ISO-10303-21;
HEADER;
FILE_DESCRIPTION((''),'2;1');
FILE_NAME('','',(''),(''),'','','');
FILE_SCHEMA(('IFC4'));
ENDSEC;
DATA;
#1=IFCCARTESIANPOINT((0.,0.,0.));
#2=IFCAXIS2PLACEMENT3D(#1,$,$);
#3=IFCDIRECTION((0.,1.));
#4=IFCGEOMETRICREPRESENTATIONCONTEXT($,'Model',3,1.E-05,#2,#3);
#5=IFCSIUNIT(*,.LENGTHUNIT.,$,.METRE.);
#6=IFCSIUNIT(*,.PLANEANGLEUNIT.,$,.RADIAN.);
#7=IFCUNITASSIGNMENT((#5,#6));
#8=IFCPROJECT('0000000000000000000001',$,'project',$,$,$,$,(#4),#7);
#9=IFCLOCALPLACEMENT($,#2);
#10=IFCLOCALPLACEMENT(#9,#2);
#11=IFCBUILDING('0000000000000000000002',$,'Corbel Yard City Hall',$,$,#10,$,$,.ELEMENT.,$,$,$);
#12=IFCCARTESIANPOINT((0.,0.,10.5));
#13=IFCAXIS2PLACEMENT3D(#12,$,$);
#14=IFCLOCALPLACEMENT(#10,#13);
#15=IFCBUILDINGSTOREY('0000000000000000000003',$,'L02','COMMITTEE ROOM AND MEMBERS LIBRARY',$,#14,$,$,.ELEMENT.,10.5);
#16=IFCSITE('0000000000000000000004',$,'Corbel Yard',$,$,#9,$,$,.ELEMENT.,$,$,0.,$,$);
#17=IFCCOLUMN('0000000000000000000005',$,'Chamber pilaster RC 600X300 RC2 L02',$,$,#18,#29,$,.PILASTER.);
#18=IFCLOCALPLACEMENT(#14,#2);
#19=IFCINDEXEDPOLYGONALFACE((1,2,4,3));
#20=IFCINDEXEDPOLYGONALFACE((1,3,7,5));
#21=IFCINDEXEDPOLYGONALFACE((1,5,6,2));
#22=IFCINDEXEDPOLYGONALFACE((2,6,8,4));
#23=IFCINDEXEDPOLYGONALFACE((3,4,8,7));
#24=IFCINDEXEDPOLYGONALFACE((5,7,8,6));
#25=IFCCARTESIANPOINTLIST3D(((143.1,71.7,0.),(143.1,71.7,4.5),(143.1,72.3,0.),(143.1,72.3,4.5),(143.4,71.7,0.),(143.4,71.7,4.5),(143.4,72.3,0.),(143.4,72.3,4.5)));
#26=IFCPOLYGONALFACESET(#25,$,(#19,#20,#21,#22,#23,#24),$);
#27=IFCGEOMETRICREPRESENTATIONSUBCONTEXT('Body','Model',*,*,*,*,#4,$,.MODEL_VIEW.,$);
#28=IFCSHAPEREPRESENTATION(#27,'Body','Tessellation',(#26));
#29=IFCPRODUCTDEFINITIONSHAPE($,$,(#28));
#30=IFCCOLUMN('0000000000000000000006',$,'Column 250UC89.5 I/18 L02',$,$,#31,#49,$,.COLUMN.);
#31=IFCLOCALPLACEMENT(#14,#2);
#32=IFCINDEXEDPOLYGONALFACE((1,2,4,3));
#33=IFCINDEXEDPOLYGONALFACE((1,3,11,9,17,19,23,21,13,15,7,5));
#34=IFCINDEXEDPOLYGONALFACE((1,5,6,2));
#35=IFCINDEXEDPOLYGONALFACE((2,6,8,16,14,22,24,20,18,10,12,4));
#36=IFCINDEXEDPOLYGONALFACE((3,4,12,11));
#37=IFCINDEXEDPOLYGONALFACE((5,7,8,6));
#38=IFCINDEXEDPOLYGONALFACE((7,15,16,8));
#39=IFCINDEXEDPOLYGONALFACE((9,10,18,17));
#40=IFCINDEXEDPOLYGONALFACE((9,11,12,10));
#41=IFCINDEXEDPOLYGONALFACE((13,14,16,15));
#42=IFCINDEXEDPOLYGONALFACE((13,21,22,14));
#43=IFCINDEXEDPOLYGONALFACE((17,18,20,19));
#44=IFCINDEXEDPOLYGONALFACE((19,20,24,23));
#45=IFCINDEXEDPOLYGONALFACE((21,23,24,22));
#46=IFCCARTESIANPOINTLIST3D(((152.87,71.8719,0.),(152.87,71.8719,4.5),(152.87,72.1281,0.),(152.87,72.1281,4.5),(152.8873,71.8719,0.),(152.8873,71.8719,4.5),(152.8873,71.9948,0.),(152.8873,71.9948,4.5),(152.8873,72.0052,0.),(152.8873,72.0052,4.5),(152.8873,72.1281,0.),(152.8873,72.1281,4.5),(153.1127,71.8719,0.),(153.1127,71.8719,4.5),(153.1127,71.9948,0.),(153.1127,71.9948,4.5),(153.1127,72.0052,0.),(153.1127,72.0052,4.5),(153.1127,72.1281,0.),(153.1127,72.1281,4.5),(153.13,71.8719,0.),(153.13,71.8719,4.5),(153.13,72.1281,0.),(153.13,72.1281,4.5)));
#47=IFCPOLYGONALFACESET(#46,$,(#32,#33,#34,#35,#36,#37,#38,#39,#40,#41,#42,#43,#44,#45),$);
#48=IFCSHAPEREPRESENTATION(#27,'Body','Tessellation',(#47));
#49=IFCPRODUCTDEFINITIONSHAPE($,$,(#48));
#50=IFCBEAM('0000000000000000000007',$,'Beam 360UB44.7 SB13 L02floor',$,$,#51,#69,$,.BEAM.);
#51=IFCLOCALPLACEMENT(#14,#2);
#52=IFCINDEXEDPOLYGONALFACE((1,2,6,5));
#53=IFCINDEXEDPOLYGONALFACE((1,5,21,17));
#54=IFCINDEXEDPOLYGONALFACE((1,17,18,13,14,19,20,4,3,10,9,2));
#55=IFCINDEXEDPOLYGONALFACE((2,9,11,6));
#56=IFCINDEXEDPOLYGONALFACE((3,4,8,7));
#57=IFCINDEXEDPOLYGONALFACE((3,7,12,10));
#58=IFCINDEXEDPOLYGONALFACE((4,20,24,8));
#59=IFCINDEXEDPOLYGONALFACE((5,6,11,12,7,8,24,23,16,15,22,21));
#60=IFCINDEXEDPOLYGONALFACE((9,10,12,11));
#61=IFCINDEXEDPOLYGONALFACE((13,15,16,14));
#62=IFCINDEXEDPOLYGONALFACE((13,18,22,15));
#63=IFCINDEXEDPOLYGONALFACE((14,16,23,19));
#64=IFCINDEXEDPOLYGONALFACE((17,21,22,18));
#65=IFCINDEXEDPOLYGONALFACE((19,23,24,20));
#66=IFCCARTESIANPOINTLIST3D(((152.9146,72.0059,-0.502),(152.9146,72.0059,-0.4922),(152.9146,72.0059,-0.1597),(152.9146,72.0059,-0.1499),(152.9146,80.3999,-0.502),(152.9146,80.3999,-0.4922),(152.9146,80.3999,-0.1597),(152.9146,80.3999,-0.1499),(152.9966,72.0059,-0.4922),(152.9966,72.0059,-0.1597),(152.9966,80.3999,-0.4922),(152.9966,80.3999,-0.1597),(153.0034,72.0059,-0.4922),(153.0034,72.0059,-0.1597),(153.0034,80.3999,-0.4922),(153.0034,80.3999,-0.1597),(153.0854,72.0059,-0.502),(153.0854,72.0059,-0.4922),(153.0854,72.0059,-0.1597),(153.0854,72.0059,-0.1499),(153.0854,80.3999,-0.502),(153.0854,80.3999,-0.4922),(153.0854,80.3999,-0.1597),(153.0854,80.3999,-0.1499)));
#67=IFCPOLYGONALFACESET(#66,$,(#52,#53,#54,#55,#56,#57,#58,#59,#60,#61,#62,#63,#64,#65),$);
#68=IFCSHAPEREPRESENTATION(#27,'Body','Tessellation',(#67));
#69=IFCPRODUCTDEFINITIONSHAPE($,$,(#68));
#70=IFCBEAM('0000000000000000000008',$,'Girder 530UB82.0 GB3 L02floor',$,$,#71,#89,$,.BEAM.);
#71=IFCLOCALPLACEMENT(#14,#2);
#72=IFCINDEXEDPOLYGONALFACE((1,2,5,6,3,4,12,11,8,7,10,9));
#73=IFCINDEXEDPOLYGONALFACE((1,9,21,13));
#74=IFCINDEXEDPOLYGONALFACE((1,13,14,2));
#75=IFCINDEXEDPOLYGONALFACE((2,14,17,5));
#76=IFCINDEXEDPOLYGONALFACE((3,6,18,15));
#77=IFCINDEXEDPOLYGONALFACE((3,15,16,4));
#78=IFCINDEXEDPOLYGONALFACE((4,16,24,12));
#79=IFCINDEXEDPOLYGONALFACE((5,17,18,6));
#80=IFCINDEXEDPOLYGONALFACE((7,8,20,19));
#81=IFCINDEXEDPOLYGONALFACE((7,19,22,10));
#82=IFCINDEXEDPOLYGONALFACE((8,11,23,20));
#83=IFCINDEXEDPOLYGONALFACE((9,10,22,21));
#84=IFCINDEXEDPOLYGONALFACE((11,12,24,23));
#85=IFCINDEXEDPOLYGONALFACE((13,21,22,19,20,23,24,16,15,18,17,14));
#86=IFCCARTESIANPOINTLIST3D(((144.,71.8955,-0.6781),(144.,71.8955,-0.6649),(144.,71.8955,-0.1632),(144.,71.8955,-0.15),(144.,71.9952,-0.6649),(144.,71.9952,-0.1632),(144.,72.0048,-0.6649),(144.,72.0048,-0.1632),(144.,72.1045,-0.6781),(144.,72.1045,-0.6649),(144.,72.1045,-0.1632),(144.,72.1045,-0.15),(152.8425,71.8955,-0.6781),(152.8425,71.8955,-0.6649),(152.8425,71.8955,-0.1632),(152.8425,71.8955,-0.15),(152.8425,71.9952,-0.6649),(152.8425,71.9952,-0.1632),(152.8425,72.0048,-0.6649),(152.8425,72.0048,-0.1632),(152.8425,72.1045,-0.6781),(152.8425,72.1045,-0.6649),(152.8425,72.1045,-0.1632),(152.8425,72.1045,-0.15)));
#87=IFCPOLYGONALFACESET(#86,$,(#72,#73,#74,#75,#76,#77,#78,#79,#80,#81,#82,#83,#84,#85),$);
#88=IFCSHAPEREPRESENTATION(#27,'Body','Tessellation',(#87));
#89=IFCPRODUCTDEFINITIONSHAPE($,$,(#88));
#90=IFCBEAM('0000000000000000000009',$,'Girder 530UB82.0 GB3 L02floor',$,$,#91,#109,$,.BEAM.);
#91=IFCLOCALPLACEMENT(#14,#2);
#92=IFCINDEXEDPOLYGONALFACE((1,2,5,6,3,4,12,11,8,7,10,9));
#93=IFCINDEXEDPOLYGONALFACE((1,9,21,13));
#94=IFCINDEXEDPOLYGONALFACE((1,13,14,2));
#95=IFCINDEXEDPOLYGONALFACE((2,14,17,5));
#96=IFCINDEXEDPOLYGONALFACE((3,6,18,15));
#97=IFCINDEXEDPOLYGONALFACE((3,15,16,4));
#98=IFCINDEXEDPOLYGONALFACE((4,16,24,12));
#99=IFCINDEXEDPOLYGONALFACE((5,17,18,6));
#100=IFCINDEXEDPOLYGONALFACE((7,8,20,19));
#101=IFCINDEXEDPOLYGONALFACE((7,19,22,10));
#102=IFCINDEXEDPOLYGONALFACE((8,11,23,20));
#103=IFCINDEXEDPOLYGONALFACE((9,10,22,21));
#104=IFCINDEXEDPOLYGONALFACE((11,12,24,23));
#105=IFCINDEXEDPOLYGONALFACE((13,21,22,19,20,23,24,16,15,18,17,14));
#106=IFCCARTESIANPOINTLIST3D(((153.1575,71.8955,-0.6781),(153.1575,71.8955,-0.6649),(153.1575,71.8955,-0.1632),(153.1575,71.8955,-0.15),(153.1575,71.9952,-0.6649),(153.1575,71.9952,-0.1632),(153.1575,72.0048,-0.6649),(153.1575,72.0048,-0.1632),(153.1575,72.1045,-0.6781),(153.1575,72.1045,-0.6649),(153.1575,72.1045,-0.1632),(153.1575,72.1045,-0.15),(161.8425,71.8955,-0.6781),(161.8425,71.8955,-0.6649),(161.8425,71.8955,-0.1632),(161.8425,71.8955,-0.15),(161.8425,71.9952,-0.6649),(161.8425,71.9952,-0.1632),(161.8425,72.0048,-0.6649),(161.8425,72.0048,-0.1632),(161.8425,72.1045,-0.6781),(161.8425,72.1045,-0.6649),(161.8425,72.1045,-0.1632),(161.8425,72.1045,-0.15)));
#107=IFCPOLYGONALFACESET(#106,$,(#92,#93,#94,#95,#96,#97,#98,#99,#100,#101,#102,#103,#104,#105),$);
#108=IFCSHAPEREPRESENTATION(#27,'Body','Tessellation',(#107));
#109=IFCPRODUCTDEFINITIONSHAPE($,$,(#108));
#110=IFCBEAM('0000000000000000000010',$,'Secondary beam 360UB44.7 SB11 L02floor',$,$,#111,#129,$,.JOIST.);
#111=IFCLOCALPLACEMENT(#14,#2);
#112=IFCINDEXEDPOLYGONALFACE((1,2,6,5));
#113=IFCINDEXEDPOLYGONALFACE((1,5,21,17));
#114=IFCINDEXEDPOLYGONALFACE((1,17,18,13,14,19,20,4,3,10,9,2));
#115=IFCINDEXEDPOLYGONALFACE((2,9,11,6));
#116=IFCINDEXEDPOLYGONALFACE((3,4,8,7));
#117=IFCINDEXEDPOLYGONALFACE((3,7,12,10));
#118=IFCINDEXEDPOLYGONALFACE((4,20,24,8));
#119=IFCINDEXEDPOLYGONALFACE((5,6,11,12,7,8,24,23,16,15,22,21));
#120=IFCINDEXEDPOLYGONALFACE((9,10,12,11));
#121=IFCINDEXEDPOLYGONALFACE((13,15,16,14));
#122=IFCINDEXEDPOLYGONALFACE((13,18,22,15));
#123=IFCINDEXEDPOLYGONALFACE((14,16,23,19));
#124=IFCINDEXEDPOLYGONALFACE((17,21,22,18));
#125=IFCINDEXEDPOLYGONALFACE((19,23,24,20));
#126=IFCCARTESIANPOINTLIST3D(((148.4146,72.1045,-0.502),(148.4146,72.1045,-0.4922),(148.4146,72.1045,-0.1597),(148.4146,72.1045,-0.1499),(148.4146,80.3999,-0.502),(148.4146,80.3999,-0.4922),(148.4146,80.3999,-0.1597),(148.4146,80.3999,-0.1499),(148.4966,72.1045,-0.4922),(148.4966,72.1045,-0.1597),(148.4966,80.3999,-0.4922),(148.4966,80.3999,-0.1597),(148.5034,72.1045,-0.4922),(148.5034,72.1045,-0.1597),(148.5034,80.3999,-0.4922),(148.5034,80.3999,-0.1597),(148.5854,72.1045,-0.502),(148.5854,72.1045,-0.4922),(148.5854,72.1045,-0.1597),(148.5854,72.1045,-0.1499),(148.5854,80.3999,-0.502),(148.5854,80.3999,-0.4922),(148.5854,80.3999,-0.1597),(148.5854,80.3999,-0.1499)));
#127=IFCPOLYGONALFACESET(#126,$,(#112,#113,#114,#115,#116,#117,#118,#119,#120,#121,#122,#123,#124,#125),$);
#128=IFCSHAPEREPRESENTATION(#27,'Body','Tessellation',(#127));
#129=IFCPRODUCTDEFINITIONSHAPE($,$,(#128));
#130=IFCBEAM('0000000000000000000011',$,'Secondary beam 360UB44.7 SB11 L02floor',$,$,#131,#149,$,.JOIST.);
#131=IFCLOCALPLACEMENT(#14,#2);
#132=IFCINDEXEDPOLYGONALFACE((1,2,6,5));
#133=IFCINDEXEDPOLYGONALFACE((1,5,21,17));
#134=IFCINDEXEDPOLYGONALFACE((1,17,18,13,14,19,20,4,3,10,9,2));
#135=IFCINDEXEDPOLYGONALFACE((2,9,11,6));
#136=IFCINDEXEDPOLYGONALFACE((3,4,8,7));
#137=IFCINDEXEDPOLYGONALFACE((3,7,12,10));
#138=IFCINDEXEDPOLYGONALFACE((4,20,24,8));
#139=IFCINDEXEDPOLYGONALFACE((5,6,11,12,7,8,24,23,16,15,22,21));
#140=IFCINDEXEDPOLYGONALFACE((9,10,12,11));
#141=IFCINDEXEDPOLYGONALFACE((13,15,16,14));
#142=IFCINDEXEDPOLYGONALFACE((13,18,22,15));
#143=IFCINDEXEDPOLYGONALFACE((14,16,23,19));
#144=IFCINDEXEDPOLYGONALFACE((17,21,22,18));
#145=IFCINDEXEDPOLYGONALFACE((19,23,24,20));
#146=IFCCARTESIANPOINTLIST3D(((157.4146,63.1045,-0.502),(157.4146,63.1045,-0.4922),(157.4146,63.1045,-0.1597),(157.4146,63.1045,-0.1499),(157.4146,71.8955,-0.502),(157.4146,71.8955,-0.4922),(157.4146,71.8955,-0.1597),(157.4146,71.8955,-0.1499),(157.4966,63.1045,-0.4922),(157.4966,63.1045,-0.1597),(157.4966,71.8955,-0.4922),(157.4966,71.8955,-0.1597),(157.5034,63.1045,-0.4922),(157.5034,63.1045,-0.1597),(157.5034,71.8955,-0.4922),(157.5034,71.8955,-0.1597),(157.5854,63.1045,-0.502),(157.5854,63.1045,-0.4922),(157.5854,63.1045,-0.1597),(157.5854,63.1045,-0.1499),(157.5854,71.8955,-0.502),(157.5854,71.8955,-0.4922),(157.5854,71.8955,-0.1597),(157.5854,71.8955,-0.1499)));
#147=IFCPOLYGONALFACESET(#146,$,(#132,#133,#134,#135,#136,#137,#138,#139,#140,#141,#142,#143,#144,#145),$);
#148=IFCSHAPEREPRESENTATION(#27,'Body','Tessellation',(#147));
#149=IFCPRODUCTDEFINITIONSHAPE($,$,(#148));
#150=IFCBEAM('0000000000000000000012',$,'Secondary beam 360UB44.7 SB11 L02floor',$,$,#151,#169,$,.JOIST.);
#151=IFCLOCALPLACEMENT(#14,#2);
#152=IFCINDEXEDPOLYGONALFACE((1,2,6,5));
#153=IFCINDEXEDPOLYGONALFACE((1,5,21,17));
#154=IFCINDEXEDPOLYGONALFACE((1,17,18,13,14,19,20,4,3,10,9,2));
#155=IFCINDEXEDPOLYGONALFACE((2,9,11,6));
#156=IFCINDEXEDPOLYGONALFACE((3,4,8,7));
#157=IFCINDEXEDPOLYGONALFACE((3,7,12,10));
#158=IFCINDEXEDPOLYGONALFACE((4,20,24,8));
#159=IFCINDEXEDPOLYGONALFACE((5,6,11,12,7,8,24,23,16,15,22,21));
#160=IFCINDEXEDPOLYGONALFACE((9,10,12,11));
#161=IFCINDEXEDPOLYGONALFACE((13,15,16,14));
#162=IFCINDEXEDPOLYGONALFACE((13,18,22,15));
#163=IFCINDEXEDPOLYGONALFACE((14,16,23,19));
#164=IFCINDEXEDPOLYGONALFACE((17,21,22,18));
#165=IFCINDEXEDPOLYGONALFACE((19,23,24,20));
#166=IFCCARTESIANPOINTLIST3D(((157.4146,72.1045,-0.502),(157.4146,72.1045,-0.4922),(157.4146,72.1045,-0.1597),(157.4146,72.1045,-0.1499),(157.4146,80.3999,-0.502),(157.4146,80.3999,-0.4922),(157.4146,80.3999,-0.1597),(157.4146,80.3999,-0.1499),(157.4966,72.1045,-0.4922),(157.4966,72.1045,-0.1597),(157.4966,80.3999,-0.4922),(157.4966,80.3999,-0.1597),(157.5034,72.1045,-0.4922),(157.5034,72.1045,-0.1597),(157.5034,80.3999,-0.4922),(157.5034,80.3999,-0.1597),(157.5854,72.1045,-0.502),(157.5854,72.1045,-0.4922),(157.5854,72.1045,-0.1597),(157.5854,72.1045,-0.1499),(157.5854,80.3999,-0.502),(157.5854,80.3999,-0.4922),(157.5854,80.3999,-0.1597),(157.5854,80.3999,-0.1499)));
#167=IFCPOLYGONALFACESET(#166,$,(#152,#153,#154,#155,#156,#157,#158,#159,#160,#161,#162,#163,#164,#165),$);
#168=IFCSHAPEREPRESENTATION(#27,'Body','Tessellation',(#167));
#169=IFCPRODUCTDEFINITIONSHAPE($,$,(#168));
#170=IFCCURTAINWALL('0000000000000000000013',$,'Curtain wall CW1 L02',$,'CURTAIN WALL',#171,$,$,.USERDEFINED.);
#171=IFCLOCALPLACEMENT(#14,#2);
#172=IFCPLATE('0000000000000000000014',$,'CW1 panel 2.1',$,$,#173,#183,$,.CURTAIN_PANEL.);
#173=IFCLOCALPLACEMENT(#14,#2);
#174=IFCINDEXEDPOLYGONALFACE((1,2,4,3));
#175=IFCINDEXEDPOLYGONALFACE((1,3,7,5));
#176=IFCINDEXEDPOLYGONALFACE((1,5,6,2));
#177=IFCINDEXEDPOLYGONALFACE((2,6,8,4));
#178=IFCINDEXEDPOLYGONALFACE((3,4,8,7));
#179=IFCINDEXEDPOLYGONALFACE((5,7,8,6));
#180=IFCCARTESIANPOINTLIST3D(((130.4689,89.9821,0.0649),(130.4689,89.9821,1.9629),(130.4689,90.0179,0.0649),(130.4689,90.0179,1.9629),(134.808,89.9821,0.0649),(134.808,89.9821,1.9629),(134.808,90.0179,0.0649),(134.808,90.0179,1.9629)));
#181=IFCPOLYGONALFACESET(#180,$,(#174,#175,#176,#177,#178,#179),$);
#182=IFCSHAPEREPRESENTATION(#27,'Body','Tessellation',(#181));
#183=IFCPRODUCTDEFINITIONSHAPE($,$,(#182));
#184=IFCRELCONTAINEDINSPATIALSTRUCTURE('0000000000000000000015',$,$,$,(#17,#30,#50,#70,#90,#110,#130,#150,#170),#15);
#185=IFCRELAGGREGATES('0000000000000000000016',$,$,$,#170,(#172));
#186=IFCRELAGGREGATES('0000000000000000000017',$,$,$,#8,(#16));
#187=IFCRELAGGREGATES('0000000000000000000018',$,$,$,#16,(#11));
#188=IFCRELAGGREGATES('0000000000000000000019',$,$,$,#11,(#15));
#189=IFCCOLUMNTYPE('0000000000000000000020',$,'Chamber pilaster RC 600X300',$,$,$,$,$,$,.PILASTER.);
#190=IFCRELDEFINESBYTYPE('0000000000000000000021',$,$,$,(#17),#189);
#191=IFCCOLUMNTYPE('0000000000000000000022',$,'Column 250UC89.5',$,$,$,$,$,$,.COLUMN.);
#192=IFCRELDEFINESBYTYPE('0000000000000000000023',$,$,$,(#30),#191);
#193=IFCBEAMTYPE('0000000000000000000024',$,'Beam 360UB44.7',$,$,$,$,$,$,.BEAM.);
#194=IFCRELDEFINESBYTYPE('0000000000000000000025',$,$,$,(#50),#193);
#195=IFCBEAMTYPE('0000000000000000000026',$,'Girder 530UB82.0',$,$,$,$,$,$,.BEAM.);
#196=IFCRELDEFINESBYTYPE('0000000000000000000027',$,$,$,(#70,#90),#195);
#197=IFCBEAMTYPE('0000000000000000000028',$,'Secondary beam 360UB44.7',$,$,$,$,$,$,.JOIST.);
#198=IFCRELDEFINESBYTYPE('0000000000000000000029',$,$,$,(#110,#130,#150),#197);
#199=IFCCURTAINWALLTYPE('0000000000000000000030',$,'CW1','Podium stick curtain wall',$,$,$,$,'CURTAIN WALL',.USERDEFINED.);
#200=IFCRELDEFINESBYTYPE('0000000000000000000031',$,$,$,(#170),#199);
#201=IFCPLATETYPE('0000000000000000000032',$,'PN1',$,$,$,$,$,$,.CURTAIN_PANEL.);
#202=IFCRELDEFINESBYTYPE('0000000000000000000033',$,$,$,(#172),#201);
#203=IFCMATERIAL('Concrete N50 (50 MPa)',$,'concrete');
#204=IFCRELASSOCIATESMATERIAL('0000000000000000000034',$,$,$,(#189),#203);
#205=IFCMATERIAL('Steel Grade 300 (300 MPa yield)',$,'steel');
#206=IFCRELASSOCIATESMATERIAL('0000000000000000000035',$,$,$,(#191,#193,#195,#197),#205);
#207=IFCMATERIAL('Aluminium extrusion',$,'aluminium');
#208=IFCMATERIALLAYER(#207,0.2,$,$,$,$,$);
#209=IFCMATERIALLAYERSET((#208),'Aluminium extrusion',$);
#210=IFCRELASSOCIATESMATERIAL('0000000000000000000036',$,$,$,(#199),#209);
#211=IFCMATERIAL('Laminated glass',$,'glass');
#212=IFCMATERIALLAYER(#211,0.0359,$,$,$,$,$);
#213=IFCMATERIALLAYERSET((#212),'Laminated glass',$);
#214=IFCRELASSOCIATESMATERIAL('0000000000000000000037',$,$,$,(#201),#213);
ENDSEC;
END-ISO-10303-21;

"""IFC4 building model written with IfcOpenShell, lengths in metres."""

from ifc_helpers import new_model, si_unit, direction, frame, origin, origin_2d, place, context, subcontext, project, spatial, rectangle, i_section, extrude, material, layer, layer_set, material_profile, profile_set, type_object, element, aggregate, save


model = new_model("IFC4")

# Units and contexts
model_context = context("Model", 3, precision=1e-05, world=origin(), true_north=direction((0.0, 1.0)))
body_context = subcontext(model_context, "Body", "Model", "MODEL_VIEW")
ifc_project = project(units=[si_unit("LENGTHUNIT", "METRE"), si_unit("PLANEANGLEUNIT", "RADIAN")], contexts=[model_context])

# Site, building, storey
site_placement = place(None, origin())
site = spatial("IfcSite", under=ifc_project, at=site_placement, Name="Corbel Yard", CompositionType="ELEMENT", RefElevation=0.0)
building_placement = place(site_placement, origin())
building = spatial("IfcBuilding", under=site, at=building_placement, Name="Corbel Yard City Hall", CompositionType="ELEMENT")
storey_placement = place(building_placement, frame((0.0, 0.0, 10.5)))
storey = spatial("IfcBuildingStorey", under=building, at=storey_placement, Name="L02", Description="COMMITTEE ROOM AND MEMBERS LIBRARY", CompositionType="ELEMENT", Elevation=10.5)

# Columns
ifc_material_1 = material(Name="Concrete N50 (50 MPa)", Category="concrete")
ifc_material_profile_1 = material_profile(ifc_material_1, rectangle(XDim=0.6001, YDim=0.3, at=origin_2d()), Name="600x300")
ifc_profile_set_1 = profile_set([ifc_material_profile_1], Name="Concrete N50 (50 MPa)")
column_type_1 = type_object("IfcColumnType", Name="Chamber pilaster RC 600X300", PredefinedType="PILASTER", material=ifc_profile_set_1)
column_1_placement = place(storey_placement, frame((143.25, 72.0, 0.0), z_axis=(0.0, 0.0, 1.0), x_axis=(0.0, 1.0, 0.0)))
element("IfcColumn", 1, at=column_1_placement, inside=storey, type_object=column_type_1, Name="Chamber pilaster RC 600X300 RC2 L02", PredefinedType="PILASTER", context=body_context, shape_type="SweptSolid", body=[
    extrude(rectangle(XDim=0.6001, YDim=0.3, at=origin_2d()), origin(), (0.0, 0.0, 1.0), 4.5),
])
ifc_material_2 = material(Name="Steel Grade 300 (300 MPa yield)", Category="steel")
ifc_material_profile_2 = material_profile(ifc_material_2, i_section(OverallWidth=0.2561, OverallDepth=0.26, WebThickness=0.0105, FlangeThickness=0.0173, at=origin_2d()), Name="250UC89.5")
ifc_profile_set_2 = profile_set([ifc_material_profile_2], Name="Steel Grade 300 (300 MPa yield)")
column_type_2 = type_object("IfcColumnType", Name="Column 250UC89.5", PredefinedType="COLUMN", material=ifc_profile_set_2)
column_2_placement = place(storey_placement, frame((153.0, 72.0, 0.0), z_axis=(0.0, 0.0, 1.0), x_axis=(0.0, 1.0, 0.0)))
element("IfcColumn", 2, at=column_2_placement, inside=storey, type_object=column_type_2, Name="Column 250UC89.5 I/18 L02", PredefinedType="COLUMN", context=body_context, shape_type="SweptSolid", body=[
    extrude(i_section(OverallWidth=0.2561, OverallDepth=0.26, WebThickness=0.0105, FlangeThickness=0.0173, at=origin_2d()), origin(), (0.0, 0.0, 1.0), 4.5),
])

# Beams
ifc_material_profile_3 = material_profile(ifc_material_2, i_section(OverallWidth=0.1709, OverallDepth=0.3521, WebThickness=0.0068, FlangeThickness=0.0098, at=origin_2d()), Name="360UB44.7")
ifc_profile_set_3 = profile_set([ifc_material_profile_3], Name="Steel Grade 300 (300 MPa yield)")
beam_type_1 = type_object("IfcBeamType", Name="Beam 360UB44.7", PredefinedType="BEAM", material=ifc_profile_set_3)
beam_1_placement = place(storey_placement, frame((153.0, 72.0059, -0.3259), z_axis=(0.0, 1.0, 0.0), x_axis=(-1.0, 0.0, 0.0)))
element("IfcBeam", 3, at=beam_1_placement, inside=storey, type_object=beam_type_1, Name="Beam 360UB44.7 SB13 L02floor", PredefinedType="BEAM", context=body_context, shape_type="SweptSolid", body=[
    extrude(i_section(OverallWidth=0.1709, OverallDepth=0.3521, WebThickness=0.0068, FlangeThickness=0.0098, at=origin_2d()), origin(), (0.0, 0.0, 1.0), 8.394),
])
ifc_material_profile_4 = material_profile(ifc_material_2, i_section(OverallWidth=0.209, OverallDepth=0.5281, WebThickness=0.0095, FlangeThickness=0.0132, at=origin_2d()), Name="530UB82.0")
ifc_profile_set_4 = profile_set([ifc_material_profile_4], Name="Steel Grade 300 (300 MPa yield)")
beam_type_2 = type_object("IfcBeamType", Name="Girder 530UB82.0", PredefinedType="BEAM", material=ifc_profile_set_4)
beam_2_placement = place(storey_placement, frame((144.0, 72.0, -0.4141), z_axis=(1.0, 0.0, 0.0), x_axis=(0.0, 1.0, 0.0)))
element("IfcBeam", 4, at=beam_2_placement, inside=storey, type_object=beam_type_2, Name="Girder 530UB82.0 GB3 L02floor", PredefinedType="BEAM", context=body_context, shape_type="SweptSolid", body=[
    extrude(i_section(OverallWidth=0.209, OverallDepth=0.5281, WebThickness=0.0095, FlangeThickness=0.0132, at=origin_2d()), origin(), (0.0, 0.0, 1.0), 8.8425),
])
beam_3_placement = place(storey_placement, frame((153.1575, 72.0, -0.4141), z_axis=(1.0, 0.0, 0.0), x_axis=(0.0, 1.0, 0.0)))
element("IfcBeam", 5, at=beam_3_placement, inside=storey, type_object=beam_type_2, Name="Girder 530UB82.0 GB3 L02floor", PredefinedType="BEAM", context=body_context, shape_type="SweptSolid", body=[
    extrude(i_section(OverallWidth=0.209, OverallDepth=0.5281, WebThickness=0.0095, FlangeThickness=0.0132, at=origin_2d()), origin(), (0.0, 0.0, 1.0), 8.6851),
])
ifc_material_profile_5 = material_profile(ifc_material_2, i_section(OverallWidth=0.1709, OverallDepth=0.3521, WebThickness=0.0068, FlangeThickness=0.0098, at=origin_2d()), Name="360UB44.7")
ifc_profile_set_5 = profile_set([ifc_material_profile_5], Name="Steel Grade 300 (300 MPa yield)")
beam_type_3 = type_object("IfcBeamType", Name="Secondary beam 360UB44.7", PredefinedType="JOIST", material=ifc_profile_set_5)
beam_4_placement = place(storey_placement, frame((148.5, 72.1045, -0.3259), z_axis=(0.0, 1.0, 0.0), x_axis=(-1.0, 0.0, 0.0)))
element("IfcBeam", 6, at=beam_4_placement, inside=storey, type_object=beam_type_3, Name="Secondary beam 360UB44.7 SB11 L02floor", PredefinedType="JOIST", context=body_context, shape_type="SweptSolid", body=[
    extrude(i_section(OverallWidth=0.1709, OverallDepth=0.3521, WebThickness=0.0068, FlangeThickness=0.0098, at=origin_2d()), origin(), (0.0, 0.0, 1.0), 8.2954),
])
beam_5_placement = place(storey_placement, frame((157.5, 63.1045, -0.3259), z_axis=(0.0, 1.0, 0.0), x_axis=(-1.0, 0.0, 0.0)))
element("IfcBeam", 7, at=beam_5_placement, inside=storey, type_object=beam_type_3, Name="Secondary beam 360UB44.7 SB11 L02floor", PredefinedType="JOIST", context=body_context, shape_type="SweptSolid", body=[
    extrude(i_section(OverallWidth=0.1709, OverallDepth=0.3521, WebThickness=0.0068, FlangeThickness=0.0098, at=origin_2d()), origin(), (0.0, 0.0, 1.0), 8.791),
])
beam_6_placement = place(storey_placement, frame((157.5, 72.1045, -0.3259), z_axis=(0.0, 1.0, 0.0), x_axis=(-1.0, 0.0, 0.0)))
element("IfcBeam", 8, at=beam_6_placement, inside=storey, type_object=beam_type_3, Name="Secondary beam 360UB44.7 SB11 L02floor", PredefinedType="JOIST", context=body_context, shape_type="SweptSolid", body=[
    extrude(i_section(OverallWidth=0.1709, OverallDepth=0.3521, WebThickness=0.0068, FlangeThickness=0.0098, at=origin_2d()), origin(), (0.0, 0.0, 1.0), 8.2954),
])

# Curtain wall, plate
ifc_material_3 = material(Name="Aluminium extrusion", Category="aluminium")
ifc_layer_1 = layer(ifc_material_3, 0.2)
ifc_layer_set_1 = layer_set([ifc_layer_1], Name="Aluminium extrusion")
curtain_wall_type = type_object("IfcCurtainWallType", Name="CW1", Description="Podium stick curtain wall", ElementType="CURTAIN WALL", PredefinedType="USERDEFINED", material=ifc_layer_set_1)
curtain_wall_placement = place(storey_placement, origin())
curtain_wall = element("IfcCurtainWall", 9, at=curtain_wall_placement, inside=storey, type_object=curtain_wall_type, Name="Curtain wall CW1 L02", ObjectType="CURTAIN WALL", PredefinedType="USERDEFINED")
ifc_material_4 = material(Name="Laminated glass", Category="glass")
ifc_layer_2 = layer(ifc_material_4, 0.0359)
ifc_layer_set_2 = layer_set([ifc_layer_2], Name="Laminated glass")
plate_type = type_object("IfcPlateType", Name="PN1", PredefinedType="CURTAIN_PANEL", material=ifc_layer_set_2)
plate_1_placement = place(storey_placement, frame((132.6384, 90.0, 0.0649), z_axis=(0.0, 0.0, 1.0), x_axis=(1.0, 0.0, 0.0)))
plate_1 = element("IfcPlate", 10, at=plate_1_placement, type_object=plate_type, Name="CW1 panel 2.1", PredefinedType="CURTAIN_PANEL", context=body_context, shape_type="SweptSolid", body=[
    extrude(rectangle(XDim=4.3391, YDim=0.0359, at=origin_2d()), origin(), (0.0, 0.0, 1.0), 1.8979),
])
aggregate(curtain_wall, [plate_1])

save(model, "model.ifc")
